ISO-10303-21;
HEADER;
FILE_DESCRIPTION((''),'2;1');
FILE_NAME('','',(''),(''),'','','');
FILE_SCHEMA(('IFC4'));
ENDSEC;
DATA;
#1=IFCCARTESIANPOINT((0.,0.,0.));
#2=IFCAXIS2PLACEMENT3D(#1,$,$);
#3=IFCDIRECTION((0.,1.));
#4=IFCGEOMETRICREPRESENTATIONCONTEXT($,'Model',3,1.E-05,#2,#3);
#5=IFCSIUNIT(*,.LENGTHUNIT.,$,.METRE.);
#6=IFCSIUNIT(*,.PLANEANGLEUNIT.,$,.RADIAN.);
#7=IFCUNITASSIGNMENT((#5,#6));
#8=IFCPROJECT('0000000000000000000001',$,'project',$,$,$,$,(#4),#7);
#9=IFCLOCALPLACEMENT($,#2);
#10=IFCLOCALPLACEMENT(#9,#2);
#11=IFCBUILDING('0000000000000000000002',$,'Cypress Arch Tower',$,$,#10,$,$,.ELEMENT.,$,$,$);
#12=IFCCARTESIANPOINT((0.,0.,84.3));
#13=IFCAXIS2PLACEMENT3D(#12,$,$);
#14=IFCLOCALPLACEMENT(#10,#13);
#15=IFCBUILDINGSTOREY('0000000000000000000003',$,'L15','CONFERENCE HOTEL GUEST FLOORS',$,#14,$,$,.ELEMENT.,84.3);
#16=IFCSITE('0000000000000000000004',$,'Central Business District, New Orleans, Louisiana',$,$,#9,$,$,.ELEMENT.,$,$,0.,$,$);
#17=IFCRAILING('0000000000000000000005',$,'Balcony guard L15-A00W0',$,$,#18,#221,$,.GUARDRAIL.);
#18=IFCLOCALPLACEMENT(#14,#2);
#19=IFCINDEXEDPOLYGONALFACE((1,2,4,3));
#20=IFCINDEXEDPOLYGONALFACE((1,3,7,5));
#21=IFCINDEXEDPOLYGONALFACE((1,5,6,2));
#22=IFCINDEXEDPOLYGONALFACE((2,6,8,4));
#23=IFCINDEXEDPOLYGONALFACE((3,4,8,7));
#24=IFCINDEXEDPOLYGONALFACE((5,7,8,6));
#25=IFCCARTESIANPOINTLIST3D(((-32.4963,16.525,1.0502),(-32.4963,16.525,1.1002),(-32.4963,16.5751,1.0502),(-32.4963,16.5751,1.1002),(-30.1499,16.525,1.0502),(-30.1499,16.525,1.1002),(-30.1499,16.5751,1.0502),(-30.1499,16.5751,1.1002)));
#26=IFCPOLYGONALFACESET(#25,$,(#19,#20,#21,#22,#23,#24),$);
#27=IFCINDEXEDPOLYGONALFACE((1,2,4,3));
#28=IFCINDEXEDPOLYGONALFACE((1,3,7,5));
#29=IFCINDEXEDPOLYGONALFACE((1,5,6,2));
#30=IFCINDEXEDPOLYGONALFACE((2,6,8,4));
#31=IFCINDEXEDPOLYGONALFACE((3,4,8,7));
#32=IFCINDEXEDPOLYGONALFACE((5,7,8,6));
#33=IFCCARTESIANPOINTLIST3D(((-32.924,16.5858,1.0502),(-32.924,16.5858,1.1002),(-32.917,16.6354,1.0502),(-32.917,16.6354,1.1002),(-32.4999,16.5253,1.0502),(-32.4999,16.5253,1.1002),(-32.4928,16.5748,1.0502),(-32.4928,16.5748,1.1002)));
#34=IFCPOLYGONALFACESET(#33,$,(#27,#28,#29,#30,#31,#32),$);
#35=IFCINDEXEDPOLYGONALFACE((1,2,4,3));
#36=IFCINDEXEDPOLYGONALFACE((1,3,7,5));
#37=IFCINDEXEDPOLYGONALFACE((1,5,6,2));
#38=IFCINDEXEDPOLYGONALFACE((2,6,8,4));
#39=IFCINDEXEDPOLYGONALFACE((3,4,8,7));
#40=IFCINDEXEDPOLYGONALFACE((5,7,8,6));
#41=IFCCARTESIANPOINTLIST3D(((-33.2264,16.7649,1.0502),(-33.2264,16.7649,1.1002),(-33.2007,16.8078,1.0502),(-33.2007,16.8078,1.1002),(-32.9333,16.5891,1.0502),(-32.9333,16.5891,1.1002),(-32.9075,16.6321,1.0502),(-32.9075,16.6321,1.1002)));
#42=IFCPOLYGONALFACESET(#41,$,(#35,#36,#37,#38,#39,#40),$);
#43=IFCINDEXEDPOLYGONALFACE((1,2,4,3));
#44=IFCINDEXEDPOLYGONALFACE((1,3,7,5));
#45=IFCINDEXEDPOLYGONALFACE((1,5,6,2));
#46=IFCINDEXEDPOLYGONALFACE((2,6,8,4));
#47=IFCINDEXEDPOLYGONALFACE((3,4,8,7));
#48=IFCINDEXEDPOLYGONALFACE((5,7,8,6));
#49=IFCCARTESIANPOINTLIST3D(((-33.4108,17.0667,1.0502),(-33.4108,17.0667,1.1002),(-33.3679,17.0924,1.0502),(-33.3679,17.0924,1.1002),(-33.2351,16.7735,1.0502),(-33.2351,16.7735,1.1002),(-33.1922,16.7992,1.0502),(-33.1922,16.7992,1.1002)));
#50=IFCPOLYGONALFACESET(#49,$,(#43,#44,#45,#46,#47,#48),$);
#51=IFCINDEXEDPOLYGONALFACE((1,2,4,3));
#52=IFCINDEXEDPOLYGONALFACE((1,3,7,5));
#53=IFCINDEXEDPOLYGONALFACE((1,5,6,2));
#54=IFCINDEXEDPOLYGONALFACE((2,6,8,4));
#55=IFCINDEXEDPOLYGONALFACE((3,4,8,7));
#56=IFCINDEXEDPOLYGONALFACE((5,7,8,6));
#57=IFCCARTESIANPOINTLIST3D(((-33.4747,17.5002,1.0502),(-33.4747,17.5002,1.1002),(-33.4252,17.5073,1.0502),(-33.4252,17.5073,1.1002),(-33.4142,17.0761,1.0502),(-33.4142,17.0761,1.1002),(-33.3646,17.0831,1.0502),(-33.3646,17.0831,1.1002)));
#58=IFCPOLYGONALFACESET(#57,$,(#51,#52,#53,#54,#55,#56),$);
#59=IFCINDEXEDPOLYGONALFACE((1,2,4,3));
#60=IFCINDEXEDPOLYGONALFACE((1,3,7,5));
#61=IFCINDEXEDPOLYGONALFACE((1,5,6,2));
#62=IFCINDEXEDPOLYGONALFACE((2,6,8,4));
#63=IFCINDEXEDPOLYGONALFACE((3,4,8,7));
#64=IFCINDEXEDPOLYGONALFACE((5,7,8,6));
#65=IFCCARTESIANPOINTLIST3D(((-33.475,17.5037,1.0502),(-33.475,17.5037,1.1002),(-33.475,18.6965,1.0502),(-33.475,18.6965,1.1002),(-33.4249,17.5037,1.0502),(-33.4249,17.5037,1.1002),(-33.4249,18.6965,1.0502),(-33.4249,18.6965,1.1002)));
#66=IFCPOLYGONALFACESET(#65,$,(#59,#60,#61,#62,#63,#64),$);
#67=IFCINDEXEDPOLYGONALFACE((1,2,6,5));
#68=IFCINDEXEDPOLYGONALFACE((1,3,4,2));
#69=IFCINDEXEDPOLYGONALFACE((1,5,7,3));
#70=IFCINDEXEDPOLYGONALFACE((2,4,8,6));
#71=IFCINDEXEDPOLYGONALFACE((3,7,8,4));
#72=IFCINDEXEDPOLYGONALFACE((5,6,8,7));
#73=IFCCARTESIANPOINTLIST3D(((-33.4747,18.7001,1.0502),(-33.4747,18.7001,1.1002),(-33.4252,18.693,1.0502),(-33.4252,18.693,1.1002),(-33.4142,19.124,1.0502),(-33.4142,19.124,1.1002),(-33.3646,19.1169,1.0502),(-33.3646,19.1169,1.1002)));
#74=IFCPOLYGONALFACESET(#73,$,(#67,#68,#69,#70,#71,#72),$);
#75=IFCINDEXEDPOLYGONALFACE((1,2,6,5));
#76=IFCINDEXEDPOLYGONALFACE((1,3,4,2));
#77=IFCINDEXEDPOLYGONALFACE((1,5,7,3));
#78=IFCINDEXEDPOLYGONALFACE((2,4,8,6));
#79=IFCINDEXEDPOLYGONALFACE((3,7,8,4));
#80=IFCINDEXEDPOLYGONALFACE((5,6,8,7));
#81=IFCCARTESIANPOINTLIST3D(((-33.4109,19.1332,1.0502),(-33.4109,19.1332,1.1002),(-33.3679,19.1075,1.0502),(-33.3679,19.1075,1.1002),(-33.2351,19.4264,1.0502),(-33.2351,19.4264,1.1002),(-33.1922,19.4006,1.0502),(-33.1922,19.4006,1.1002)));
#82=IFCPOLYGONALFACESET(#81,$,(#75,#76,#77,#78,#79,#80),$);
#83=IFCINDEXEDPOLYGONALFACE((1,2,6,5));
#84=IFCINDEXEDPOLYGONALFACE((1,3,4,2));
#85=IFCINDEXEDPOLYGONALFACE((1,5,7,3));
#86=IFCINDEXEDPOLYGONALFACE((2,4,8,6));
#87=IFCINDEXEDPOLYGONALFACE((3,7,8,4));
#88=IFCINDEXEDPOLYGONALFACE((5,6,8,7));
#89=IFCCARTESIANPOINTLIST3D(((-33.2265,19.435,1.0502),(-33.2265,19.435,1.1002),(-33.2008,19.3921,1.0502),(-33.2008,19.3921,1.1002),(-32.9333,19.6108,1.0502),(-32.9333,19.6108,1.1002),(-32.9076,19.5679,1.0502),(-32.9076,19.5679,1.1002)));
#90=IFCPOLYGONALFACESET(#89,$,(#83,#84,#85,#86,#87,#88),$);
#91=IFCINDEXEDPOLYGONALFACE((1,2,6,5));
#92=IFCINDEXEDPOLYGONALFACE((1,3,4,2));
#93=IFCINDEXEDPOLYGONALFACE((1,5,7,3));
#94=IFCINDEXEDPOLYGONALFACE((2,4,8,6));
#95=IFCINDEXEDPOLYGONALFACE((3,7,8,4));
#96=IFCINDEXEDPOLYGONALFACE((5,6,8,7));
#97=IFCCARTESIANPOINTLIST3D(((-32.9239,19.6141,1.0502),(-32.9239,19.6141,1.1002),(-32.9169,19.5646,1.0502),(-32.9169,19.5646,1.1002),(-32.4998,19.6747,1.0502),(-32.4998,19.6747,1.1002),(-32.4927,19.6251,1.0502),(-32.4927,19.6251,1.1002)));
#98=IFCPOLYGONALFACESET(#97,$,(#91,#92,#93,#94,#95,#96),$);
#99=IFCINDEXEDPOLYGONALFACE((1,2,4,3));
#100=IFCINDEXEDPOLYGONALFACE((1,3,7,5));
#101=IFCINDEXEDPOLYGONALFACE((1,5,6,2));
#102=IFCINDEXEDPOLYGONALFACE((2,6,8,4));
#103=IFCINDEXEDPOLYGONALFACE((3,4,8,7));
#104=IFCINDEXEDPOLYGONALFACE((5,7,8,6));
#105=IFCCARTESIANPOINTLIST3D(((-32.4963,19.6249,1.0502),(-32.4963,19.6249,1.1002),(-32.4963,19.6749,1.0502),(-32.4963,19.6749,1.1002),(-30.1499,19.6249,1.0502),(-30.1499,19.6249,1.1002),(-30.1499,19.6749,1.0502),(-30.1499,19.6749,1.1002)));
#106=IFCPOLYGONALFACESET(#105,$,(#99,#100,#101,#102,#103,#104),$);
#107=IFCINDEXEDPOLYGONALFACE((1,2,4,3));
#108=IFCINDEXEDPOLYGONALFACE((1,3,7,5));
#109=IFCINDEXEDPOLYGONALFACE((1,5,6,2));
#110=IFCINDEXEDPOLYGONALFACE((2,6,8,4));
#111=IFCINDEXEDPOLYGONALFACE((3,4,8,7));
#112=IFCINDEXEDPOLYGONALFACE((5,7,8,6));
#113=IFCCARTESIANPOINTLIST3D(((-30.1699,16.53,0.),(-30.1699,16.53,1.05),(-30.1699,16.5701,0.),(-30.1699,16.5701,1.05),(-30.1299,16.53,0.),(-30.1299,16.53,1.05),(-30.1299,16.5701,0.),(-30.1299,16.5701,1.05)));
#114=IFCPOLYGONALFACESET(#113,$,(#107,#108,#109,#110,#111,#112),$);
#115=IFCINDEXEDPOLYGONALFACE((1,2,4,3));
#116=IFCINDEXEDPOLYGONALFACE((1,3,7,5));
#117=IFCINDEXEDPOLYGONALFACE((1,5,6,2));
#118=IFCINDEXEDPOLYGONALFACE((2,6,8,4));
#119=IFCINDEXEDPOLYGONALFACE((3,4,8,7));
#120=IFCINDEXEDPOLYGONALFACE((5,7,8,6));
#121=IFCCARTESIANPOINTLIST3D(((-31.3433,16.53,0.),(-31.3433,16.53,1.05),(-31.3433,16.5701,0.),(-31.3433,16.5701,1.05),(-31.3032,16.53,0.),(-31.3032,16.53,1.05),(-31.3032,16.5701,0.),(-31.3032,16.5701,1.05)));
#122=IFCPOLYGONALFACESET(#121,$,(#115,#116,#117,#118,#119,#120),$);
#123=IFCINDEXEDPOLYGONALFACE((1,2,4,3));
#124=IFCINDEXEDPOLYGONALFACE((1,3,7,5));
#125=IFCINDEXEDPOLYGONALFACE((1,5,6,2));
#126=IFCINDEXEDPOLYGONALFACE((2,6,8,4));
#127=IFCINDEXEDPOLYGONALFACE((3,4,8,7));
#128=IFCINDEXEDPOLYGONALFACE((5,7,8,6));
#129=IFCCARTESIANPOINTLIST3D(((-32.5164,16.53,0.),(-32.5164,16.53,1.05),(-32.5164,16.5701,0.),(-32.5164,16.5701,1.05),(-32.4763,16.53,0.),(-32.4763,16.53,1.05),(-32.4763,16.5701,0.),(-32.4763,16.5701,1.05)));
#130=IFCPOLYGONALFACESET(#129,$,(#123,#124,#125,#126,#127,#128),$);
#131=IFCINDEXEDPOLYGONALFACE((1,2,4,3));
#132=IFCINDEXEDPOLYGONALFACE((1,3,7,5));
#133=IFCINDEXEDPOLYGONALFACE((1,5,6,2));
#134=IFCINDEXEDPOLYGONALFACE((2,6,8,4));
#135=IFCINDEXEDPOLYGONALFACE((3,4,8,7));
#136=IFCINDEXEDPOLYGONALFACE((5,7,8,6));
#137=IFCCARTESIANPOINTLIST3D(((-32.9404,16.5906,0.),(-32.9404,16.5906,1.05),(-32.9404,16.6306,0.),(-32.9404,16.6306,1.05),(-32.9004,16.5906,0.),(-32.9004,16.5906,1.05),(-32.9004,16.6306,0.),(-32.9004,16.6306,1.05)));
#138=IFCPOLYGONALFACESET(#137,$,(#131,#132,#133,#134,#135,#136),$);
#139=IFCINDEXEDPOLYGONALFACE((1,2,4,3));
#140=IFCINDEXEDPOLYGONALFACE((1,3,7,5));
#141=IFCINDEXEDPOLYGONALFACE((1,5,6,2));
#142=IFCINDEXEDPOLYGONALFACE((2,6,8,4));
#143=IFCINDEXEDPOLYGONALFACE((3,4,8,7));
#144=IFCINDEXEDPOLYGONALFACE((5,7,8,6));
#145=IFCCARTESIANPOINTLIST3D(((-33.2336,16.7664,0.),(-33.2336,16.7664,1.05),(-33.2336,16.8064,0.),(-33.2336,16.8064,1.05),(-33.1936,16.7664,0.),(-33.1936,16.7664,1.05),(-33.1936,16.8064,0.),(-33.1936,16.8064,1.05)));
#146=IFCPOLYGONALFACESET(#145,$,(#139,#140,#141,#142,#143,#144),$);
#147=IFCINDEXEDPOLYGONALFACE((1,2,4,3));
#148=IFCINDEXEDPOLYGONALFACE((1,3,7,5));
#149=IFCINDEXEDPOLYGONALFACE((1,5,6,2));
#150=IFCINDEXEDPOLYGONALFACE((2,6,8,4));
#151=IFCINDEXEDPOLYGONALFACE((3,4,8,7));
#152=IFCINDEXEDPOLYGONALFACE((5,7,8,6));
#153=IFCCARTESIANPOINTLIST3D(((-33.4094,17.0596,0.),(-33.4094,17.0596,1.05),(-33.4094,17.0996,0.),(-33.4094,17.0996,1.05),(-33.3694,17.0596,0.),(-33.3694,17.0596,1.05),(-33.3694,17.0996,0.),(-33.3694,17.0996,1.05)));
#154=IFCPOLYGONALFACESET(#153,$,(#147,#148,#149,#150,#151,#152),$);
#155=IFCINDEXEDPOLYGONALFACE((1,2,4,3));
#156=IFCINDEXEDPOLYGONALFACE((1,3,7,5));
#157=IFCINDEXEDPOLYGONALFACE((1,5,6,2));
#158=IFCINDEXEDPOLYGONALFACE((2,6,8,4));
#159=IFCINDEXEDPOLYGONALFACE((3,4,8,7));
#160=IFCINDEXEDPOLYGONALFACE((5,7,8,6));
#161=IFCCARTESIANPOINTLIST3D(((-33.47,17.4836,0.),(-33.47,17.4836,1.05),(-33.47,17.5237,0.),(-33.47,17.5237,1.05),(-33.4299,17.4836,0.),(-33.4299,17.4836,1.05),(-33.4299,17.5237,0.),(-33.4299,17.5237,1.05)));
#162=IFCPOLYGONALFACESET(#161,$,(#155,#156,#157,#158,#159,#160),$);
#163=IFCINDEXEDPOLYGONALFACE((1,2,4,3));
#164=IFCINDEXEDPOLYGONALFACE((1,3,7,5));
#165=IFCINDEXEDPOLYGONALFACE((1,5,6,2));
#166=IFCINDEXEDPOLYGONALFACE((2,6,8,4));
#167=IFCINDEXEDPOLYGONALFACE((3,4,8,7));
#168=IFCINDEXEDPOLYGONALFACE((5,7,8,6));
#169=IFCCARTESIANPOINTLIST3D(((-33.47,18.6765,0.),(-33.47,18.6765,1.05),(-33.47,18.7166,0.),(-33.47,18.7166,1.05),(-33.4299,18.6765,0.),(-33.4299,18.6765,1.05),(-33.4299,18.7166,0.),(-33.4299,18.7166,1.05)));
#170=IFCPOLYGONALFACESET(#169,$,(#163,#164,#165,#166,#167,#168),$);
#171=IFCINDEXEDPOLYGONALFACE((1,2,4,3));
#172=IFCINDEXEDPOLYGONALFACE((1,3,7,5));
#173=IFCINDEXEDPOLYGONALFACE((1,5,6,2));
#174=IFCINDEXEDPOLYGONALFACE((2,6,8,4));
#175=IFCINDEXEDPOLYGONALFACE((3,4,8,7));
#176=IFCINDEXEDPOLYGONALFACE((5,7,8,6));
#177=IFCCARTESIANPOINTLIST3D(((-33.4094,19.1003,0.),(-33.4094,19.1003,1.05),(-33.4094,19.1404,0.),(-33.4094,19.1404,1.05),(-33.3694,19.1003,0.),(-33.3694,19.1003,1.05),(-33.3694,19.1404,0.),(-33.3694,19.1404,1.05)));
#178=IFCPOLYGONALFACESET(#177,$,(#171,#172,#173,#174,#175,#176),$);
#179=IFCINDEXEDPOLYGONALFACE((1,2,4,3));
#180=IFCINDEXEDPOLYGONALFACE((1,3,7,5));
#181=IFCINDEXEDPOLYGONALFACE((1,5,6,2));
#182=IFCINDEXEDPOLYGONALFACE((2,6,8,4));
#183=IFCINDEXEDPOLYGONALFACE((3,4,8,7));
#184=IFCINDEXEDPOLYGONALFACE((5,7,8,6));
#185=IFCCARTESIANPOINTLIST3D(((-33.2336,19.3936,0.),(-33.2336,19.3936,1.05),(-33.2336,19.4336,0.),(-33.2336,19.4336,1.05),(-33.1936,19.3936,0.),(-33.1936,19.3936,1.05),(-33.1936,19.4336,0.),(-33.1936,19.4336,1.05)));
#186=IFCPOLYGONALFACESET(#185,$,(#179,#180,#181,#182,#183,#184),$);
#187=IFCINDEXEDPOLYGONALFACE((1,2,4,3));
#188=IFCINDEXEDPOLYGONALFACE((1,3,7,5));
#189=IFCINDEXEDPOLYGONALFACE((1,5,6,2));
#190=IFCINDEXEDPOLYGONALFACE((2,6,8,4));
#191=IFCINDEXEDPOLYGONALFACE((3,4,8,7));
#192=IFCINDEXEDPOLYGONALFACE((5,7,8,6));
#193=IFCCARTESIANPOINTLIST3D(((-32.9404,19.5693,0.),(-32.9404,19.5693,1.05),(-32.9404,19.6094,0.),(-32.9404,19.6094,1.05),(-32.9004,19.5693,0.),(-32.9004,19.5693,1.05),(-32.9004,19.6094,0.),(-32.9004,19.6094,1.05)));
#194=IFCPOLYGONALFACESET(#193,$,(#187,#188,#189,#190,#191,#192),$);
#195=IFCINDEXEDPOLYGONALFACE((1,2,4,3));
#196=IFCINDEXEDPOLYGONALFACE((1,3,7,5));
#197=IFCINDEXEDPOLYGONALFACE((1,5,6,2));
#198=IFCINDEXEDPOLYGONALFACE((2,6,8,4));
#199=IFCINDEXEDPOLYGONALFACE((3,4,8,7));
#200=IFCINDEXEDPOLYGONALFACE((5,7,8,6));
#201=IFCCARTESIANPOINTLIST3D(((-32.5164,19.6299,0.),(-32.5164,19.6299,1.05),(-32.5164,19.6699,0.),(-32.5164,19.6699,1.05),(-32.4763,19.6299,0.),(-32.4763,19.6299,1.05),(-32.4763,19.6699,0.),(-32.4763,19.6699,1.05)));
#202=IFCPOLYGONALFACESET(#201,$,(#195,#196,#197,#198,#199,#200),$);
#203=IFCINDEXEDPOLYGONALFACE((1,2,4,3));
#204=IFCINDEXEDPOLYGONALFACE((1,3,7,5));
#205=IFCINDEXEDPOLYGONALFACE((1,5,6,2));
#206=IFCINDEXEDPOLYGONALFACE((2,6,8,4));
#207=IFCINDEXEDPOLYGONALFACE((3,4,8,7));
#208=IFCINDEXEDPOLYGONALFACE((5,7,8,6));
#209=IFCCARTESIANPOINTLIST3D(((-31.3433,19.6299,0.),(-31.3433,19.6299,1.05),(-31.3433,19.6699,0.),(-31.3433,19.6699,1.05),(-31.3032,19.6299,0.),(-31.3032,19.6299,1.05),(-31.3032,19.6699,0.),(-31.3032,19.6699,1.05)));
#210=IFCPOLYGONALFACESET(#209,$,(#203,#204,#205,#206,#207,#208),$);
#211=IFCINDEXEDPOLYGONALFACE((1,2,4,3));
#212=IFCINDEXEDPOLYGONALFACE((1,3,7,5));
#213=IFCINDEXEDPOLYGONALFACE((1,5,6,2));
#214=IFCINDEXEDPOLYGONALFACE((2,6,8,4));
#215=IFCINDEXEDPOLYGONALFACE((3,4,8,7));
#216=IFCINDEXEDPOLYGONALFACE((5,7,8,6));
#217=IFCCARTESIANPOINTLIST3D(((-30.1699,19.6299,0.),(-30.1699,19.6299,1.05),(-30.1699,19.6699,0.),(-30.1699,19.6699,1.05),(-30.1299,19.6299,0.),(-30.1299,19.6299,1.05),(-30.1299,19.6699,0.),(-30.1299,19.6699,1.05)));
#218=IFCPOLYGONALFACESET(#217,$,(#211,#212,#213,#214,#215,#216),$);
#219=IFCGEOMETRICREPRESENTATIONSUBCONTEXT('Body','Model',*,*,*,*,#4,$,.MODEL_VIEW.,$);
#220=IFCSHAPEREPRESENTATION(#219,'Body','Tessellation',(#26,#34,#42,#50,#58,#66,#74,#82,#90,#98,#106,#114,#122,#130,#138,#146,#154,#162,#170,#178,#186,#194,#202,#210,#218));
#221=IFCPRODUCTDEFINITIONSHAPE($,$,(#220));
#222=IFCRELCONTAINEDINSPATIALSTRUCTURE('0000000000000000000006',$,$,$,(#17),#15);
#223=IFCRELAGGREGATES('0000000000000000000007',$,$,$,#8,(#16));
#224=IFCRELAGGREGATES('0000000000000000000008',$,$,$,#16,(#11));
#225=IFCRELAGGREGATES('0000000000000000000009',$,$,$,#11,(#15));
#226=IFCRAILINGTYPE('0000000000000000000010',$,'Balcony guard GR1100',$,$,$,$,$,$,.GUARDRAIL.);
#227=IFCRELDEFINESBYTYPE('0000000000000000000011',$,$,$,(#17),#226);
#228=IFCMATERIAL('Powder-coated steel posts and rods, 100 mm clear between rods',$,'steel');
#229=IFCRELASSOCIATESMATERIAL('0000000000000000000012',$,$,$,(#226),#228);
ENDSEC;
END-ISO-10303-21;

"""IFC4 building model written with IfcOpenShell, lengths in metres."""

from ifc_helpers import new_model, si_unit, direction, frame, origin, origin_2d, place, context, subcontext, project, spatial, rectangle, extrude, material, type_object, element, save


model = new_model("IFC4")

# Units and contexts
model_context = context("Model", 3, precision=1e-05, world=origin(), true_north=direction((0.0, 1.0)))
body_context = subcontext(model_context, "Body", "Model", "MODEL_VIEW")
ifc_project = project(units=[si_unit("LENGTHUNIT", "METRE"), si_unit("PLANEANGLEUNIT", "RADIAN")], contexts=[model_context])

# Site, building, storey
site_placement = place(None, origin())
site = spatial("IfcSite", under=ifc_project, at=site_placement, Name="Central Business District, New Orleans, Louisiana", CompositionType="ELEMENT", RefElevation=0.0)
building_placement = place(site_placement, origin())
building = spatial("IfcBuilding", under=site, at=building_placement, Name="Cypress Arch Tower", CompositionType="ELEMENT")
storey_placement = place(building_placement, frame((0.0, 0.0, 84.3)))
storey = spatial("IfcBuildingStorey", under=building, at=storey_placement, Name="L15", Description="CONFERENCE HOTEL GUEST FLOORS", CompositionType="ELEMENT", Elevation=84.3)

# Railing
ifc_material_1 = material(Name="Powder-coated steel posts and rods, 100 mm clear between rods", Category="steel")
railing_type = type_object("IfcRailingType", Name="Balcony guard GR1100", PredefinedType="GUARDRAIL", material=ifc_material_1)
railing_1_placement = place(storey_placement, frame((-30.1499, 16.55, 0.0)))
element("IfcRailing", 1, at=railing_1_placement, inside=storey, type_object=railing_type, Name="Balcony guard L15-A00W0", PredefinedType="GUARDRAIL", context=body_context, shape_type="SweptSolid", body=[
    extrude(rectangle(XDim=0.05, YDim=0.05, at=origin_2d()), frame((0.0, 0.0, 1.0752), z_axis=(-1.0, 0.0, 0.0), x_axis=(0.0, -1.0, 0.0)), (0.0, 0.0, 1.0), 2.3464),
    extrude(rectangle(XDim=0.05, YDim=0.05, at=origin_2d()), frame((-2.3464, 0.0, 1.0752), z_axis=(-0.989961, 0.141342, 0.0), x_axis=(-0.141342, -0.989961, 0.0)), (0.0, 0.0, 1.0), 0.4285),
    extrude(rectangle(XDim=0.05, YDim=0.05, at=origin_2d()), frame((-2.7705, 0.0605, 1.0752), z_axis=(-0.857682, 0.514181, 0.0), x_axis=(-0.514181, -0.857682, 0.0)), (0.0, 0.0, 1.0), 0.3418),
    extrude(rectangle(XDim=0.05, YDim=0.05, at=origin_2d()), frame((-3.0637, 0.2363, 1.0752), z_axis=(-0.514181, 0.857682, 0.0), x_axis=(-0.857682, -0.514181, 0.0)), (0.0, 0.0, 1.0), 0.3418),
    extrude(rectangle(XDim=0.05, YDim=0.05, at=origin_2d()), frame((-3.2395, 0.5295, 1.0752), z_axis=(-0.141342, 0.989961, 0.0), x_axis=(-0.989961, -0.141342, 0.0)), (0.0, 0.0, 1.0), 0.4285),
    extrude(rectangle(XDim=0.05, YDim=0.05, at=origin_2d()), frame((-3.3, 0.9536, 1.0752), z_axis=(0.0, 1.0, 0.0), x_axis=(-1.0, 0.0, 0.0)), (0.0, 0.0, 1.0), 1.1929),
    extrude(rectangle(XDim=0.05, YDim=0.05, at=origin_2d()), frame((-3.3, 2.1465, 1.0752), z_axis=(0.141421, 0.989949, 0.0), x_axis=(-0.989949, 0.141421, 0.0)), (0.0, 0.0, 1.0), 0.4282),
    extrude(rectangle(XDim=0.05, YDim=0.05, at=origin_2d()), frame((-3.2395, 2.5703, 1.0752), z_axis=(0.514181, 0.857682, 0.0), x_axis=(-0.857682, 0.514181, 0.0)), (0.0, 0.0, 1.0), 0.3418),
    extrude(rectangle(XDim=0.05, YDim=0.05, at=origin_2d()), frame((-3.0637, 2.8635, 1.0752), z_axis=(0.857682, 0.514181, 0.0), x_axis=(-0.514181, 0.857682, 0.0)), (0.0, 0.0, 1.0), 0.3418),
    extrude(rectangle(XDim=0.05, YDim=0.05, at=origin_2d()), frame((-2.7705, 3.0393, 1.0752), z_axis=(0.989961, 0.141342, 0.0), x_axis=(-0.141342, 0.989961, 0.0)), (0.0, 0.0, 1.0), 0.4285),
    extrude(rectangle(XDim=0.05, YDim=0.05, at=origin_2d()), frame((-2.3464, 3.0999, 1.0752), z_axis=(1.0, 0.0, 0.0), x_axis=(0.0, 1.0, 0.0)), (0.0, 0.0, 1.0), 2.3464),
    extrude(rectangle(XDim=0.04, YDim=0.04, at=origin_2d()), origin(), (0.0, 0.0, 1.0), 1.05),
    extrude(rectangle(XDim=0.04, YDim=0.04, at=origin_2d()), frame((-1.1733, 0.0, 0.0)), (0.0, 0.0, 1.0), 1.05),
    extrude(rectangle(XDim=0.04, YDim=0.04, at=origin_2d()), frame((-2.3464, 0.0, 0.0)), (0.0, 0.0, 1.0), 1.05),
    extrude(rectangle(XDim=0.04, YDim=0.04, at=origin_2d()), frame((-2.7705, 0.0605, 0.0)), (0.0, 0.0, 1.0), 1.05),
    extrude(rectangle(XDim=0.04, YDim=0.04, at=origin_2d()), frame((-3.0637, 0.2363, 0.0)), (0.0, 0.0, 1.0), 1.05),
    extrude(rectangle(XDim=0.04, YDim=0.04, at=origin_2d()), frame((-3.2395, 0.5295, 0.0)), (0.0, 0.0, 1.0), 1.05),
    extrude(rectangle(XDim=0.04, YDim=0.04, at=origin_2d()), frame((-3.3, 0.9536, 0.0)), (0.0, 0.0, 1.0), 1.05),
    extrude(rectangle(XDim=0.04, YDim=0.04, at=origin_2d()), frame((-3.3, 2.1465, 0.0)), (0.0, 0.0, 1.0), 1.05),
    extrude(rectangle(XDim=0.04, YDim=0.04, at=origin_2d()), frame((-3.2395, 2.5703, 0.0)), (0.0, 0.0, 1.0), 1.05),
    extrude(rectangle(XDim=0.04, YDim=0.04, at=origin_2d()), frame((-3.0637, 2.8635, 0.0)), (0.0, 0.0, 1.0), 1.05),
    extrude(rectangle(XDim=0.04, YDim=0.04, at=origin_2d()), frame((-2.7705, 3.0393, 0.0)), (0.0, 0.0, 1.0), 1.05),
    extrude(rectangle(XDim=0.04, YDim=0.04, at=origin_2d()), frame((-2.3464, 3.0999, 0.0)), (0.0, 0.0, 1.0), 1.05),
    extrude(rectangle(XDim=0.04, YDim=0.04, at=origin_2d()), frame((-1.1733, 3.0999, 0.0)), (0.0, 0.0, 1.0), 1.05),
    extrude(rectangle(XDim=0.04, YDim=0.04, at=origin_2d()), frame((0.0, 3.0999, 0.0)), (0.0, 0.0, 1.0), 1.05),
])

save(model, "model.ifc")
